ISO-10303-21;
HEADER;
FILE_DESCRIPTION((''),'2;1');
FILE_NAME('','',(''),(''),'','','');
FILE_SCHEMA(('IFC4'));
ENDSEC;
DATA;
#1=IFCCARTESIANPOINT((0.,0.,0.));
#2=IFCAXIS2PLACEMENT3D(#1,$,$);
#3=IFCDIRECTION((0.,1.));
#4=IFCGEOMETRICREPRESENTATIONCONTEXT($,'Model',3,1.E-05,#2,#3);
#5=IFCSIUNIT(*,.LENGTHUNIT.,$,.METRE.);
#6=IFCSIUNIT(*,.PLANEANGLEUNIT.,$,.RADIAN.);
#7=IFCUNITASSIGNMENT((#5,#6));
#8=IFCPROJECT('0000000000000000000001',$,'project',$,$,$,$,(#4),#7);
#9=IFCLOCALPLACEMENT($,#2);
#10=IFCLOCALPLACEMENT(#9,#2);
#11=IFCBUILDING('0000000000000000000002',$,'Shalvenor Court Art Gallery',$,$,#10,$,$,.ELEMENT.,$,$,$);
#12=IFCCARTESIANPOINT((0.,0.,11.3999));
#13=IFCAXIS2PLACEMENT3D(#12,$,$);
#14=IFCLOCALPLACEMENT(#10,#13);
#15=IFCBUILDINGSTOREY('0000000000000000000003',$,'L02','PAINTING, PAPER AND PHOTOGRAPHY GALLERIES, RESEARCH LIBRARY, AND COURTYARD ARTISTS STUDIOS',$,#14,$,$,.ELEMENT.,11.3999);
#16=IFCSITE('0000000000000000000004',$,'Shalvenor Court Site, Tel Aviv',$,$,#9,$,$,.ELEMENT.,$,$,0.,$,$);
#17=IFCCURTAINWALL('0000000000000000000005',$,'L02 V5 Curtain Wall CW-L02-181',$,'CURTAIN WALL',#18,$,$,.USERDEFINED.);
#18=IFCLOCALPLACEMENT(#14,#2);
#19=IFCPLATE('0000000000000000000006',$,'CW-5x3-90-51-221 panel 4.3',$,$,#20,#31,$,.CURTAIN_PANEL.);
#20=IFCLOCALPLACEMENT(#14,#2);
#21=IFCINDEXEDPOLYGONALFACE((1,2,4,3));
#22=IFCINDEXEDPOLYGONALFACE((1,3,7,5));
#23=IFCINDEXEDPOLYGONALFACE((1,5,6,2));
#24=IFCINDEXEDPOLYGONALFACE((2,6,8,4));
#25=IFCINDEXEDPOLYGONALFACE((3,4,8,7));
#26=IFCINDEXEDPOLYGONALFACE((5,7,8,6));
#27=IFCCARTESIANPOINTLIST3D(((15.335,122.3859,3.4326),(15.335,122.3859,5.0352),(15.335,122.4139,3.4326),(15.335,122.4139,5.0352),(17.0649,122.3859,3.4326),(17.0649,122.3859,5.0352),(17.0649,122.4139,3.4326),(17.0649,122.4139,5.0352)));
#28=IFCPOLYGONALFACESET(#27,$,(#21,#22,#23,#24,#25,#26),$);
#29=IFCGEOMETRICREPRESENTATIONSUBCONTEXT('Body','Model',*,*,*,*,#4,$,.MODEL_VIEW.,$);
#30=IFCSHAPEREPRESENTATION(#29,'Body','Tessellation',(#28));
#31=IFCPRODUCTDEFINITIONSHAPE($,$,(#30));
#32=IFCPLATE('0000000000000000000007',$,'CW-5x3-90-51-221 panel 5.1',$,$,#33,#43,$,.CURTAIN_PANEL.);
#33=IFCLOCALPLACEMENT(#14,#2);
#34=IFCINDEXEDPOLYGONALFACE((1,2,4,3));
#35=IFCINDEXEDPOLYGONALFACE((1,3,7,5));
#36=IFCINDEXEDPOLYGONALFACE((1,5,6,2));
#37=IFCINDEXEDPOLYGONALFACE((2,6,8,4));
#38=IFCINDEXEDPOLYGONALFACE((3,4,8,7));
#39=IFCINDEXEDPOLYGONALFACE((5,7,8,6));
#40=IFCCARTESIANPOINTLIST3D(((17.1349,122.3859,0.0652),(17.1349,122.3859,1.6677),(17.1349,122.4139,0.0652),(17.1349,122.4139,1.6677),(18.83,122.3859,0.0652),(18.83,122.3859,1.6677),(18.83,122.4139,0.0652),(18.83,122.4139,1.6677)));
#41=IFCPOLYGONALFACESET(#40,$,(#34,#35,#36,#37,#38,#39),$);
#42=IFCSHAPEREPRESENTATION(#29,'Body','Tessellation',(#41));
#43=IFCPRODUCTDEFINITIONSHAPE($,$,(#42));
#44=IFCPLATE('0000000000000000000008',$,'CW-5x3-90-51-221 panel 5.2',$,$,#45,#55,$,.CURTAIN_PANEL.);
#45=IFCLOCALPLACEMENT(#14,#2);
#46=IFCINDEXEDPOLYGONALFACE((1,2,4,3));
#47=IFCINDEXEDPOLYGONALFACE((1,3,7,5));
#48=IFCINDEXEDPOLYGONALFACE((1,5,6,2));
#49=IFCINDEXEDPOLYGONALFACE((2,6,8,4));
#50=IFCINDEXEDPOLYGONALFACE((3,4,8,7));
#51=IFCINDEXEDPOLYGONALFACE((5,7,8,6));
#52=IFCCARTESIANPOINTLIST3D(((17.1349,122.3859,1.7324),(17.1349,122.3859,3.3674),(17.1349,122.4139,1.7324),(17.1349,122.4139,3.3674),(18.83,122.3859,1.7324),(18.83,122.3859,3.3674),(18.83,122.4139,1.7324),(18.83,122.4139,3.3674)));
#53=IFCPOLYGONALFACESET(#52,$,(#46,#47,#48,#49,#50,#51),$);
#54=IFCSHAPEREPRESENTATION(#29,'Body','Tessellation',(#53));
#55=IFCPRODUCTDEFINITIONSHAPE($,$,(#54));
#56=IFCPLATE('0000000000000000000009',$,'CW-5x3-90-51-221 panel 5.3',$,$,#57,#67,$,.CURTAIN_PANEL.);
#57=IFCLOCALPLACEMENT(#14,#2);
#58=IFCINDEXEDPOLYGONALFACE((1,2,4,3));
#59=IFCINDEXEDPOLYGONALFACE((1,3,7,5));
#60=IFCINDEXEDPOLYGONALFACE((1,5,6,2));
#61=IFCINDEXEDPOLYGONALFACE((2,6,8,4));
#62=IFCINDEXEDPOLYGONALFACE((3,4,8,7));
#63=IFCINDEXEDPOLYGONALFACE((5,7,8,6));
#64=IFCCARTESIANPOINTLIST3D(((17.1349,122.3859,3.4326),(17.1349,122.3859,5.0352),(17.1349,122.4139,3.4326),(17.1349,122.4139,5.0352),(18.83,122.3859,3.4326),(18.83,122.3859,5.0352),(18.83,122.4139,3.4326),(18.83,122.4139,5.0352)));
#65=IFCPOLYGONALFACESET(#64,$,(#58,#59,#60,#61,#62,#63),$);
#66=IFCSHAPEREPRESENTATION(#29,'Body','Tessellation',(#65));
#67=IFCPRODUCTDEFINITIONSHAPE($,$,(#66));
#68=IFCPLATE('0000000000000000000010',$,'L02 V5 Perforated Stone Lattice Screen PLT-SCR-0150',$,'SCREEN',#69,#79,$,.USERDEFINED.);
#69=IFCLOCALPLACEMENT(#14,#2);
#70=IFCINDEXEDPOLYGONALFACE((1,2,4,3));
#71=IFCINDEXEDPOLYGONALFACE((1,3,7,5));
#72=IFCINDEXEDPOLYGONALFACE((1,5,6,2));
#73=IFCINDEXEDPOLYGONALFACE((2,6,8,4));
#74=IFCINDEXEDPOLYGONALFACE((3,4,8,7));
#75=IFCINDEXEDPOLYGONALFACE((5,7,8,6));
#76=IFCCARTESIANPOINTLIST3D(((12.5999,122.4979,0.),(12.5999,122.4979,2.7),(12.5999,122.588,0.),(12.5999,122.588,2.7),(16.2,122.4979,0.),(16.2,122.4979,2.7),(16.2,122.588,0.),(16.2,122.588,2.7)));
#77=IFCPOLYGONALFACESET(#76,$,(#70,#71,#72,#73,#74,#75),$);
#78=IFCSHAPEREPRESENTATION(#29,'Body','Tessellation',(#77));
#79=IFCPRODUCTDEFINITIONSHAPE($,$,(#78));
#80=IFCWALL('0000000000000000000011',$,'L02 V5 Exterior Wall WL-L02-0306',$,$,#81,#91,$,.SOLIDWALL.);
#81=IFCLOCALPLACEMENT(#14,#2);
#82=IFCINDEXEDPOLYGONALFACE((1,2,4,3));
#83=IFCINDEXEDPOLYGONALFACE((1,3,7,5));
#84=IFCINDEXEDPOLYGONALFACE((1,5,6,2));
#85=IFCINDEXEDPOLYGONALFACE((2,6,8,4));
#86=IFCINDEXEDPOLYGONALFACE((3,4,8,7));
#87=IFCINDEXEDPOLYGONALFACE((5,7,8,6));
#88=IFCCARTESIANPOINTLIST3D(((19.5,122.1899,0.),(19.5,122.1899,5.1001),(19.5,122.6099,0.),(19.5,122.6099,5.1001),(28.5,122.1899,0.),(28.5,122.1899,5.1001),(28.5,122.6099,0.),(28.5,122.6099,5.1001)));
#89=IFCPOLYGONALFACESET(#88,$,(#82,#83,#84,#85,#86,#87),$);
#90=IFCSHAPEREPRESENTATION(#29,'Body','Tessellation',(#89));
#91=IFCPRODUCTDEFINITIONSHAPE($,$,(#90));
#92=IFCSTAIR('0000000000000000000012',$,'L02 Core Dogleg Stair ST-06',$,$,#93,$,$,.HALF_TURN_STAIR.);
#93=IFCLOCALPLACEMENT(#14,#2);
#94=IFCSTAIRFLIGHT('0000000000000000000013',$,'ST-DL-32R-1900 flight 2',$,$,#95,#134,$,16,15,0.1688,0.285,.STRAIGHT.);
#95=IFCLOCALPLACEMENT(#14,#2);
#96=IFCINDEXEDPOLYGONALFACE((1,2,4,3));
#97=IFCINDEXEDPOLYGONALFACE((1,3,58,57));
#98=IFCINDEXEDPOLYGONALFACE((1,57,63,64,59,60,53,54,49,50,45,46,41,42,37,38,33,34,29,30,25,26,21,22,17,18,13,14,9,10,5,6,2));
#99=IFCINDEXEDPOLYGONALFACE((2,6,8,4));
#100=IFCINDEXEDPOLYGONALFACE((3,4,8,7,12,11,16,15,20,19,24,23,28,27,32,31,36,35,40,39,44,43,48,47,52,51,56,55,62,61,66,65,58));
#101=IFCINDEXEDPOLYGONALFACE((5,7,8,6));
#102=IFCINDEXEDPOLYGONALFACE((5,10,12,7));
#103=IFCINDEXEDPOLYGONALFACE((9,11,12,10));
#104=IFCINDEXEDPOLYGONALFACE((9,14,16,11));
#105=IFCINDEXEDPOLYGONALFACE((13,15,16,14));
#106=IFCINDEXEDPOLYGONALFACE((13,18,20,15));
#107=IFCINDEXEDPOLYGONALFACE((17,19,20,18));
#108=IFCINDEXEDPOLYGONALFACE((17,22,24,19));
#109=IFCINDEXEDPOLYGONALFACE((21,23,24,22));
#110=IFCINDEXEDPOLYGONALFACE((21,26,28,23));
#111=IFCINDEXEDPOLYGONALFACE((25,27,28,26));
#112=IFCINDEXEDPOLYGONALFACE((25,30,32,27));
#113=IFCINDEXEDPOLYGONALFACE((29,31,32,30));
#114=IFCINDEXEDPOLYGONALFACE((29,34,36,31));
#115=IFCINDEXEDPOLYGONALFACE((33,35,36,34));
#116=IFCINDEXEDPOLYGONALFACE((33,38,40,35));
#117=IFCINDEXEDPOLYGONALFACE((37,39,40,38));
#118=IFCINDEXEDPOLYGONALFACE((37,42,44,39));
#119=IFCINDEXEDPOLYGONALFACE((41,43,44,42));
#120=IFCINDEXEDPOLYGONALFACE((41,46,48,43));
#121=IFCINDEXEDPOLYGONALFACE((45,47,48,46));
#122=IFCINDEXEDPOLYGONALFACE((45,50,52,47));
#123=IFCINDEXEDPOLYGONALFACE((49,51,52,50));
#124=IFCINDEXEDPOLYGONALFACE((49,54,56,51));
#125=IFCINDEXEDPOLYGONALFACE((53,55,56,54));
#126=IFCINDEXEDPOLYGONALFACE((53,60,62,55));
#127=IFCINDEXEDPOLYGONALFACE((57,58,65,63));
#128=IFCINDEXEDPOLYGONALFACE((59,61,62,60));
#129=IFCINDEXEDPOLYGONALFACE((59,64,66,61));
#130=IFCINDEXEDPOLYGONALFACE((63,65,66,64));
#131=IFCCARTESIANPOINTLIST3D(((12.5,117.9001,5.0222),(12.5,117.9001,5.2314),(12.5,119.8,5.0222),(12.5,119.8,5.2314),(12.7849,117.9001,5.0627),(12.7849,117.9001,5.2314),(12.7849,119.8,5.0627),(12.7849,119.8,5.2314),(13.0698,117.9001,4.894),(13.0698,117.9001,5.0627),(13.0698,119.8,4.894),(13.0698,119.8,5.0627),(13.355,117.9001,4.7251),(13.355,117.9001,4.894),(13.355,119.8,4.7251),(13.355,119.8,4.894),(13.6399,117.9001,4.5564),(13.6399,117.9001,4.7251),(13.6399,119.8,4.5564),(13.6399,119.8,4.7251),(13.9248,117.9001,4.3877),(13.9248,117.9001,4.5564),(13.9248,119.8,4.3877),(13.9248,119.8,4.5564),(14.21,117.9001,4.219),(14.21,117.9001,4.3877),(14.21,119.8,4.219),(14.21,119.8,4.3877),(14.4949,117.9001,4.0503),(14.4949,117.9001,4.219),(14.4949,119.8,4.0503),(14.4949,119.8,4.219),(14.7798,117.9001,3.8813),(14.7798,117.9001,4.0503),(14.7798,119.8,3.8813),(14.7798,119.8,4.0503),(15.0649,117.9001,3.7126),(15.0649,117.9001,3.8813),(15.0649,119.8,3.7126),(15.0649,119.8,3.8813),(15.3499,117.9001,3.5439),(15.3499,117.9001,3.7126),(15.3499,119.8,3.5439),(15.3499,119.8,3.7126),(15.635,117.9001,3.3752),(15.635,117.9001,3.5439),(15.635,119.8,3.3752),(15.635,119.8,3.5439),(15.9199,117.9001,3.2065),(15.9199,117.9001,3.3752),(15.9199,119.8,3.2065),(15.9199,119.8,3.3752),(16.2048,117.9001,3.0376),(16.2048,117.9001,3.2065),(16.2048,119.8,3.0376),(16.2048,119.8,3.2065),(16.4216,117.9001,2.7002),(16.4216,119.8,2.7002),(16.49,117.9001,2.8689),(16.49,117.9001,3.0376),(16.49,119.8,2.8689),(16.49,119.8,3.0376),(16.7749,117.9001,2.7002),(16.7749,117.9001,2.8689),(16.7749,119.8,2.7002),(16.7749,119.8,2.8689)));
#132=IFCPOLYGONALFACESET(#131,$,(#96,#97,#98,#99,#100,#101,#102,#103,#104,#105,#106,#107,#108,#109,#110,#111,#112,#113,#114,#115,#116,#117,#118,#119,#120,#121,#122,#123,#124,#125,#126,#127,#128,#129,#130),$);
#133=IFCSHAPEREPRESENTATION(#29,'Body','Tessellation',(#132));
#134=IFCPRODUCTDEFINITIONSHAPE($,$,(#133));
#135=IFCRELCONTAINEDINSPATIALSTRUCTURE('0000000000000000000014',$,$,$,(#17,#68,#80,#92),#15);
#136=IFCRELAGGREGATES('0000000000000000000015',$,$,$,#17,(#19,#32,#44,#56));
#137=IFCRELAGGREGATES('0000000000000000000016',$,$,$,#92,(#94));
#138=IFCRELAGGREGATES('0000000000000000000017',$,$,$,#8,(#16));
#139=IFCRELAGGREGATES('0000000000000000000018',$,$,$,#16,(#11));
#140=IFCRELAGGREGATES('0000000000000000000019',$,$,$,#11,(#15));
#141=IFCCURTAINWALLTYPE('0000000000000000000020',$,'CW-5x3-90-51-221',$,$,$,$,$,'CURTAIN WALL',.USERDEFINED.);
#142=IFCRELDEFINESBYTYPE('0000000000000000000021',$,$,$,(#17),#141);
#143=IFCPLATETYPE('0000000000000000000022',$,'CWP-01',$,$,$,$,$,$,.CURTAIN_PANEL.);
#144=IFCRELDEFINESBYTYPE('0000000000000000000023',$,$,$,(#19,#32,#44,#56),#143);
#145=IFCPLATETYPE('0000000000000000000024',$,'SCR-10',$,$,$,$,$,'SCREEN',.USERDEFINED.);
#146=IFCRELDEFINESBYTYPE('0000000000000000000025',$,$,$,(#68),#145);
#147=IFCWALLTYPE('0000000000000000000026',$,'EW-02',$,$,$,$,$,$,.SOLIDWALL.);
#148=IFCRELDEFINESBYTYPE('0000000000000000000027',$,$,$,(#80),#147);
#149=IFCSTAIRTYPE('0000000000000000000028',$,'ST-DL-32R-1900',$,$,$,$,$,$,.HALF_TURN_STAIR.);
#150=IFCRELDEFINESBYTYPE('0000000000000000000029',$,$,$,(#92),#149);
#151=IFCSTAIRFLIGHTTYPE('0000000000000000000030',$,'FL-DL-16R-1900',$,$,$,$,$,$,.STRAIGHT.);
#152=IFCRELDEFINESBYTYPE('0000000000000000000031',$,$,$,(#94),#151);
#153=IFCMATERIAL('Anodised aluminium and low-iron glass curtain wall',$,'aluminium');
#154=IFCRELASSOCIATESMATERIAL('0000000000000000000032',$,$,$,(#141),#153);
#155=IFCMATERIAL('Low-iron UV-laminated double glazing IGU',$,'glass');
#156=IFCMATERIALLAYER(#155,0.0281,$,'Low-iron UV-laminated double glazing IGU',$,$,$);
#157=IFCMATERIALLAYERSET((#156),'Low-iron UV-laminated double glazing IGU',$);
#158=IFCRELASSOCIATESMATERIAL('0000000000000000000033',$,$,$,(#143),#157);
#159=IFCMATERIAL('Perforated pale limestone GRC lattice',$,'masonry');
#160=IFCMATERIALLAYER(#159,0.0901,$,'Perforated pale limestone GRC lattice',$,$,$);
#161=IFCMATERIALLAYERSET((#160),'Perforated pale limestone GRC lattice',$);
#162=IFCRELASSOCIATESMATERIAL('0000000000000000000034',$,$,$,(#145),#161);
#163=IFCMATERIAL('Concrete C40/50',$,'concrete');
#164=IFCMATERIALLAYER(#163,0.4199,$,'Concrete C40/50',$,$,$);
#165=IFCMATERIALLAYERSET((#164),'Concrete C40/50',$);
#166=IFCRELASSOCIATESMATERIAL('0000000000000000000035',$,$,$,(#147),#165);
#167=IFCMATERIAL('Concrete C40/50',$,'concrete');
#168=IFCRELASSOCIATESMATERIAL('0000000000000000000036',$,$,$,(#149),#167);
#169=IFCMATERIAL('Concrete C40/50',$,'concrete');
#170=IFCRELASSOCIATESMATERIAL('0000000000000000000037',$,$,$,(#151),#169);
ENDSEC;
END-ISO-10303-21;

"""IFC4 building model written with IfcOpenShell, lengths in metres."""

from ifc_helpers import new_model, si_unit, direction, frame, frame_2d, origin, origin_2d, place, context, subcontext, project, spatial, polyline, rectangle, outline, extrude, material, layer, layer_set, type_object, element, aggregate, save


model = new_model("IFC4")

# Units and contexts
model_context = context("Model", 3, precision=1e-05, world=origin(), true_north=direction((0.0, 1.0)))
body_context = subcontext(model_context, "Body", "Model", "MODEL_VIEW")
ifc_project = project(units=[si_unit("LENGTHUNIT", "METRE"), si_unit("PLANEANGLEUNIT", "RADIAN")], contexts=[model_context])

# Site, building, storey
site_placement = place(None, origin())
site = spatial("IfcSite", under=ifc_project, at=site_placement, Name="Shalvenor Court Site, Tel Aviv", CompositionType="ELEMENT", RefElevation=0.0)
building_placement = place(site_placement, origin())
building = spatial("IfcBuilding", under=site, at=building_placement, Name="Shalvenor Court Art Gallery", CompositionType="ELEMENT")
storey_placement = place(building_placement, frame((0.0, 0.0, 11.3999)))
storey = spatial("IfcBuildingStorey", under=building, at=storey_placement, Name="L02", Description="PAINTING, PAPER AND PHOTOGRAPHY GALLERIES, RESEARCH LIBRARY, AND COURTYARD ARTISTS STUDIOS", CompositionType="ELEMENT", Elevation=11.3999)

# Curtain wall
ifc_material_1 = material(Name="Anodised aluminium and low-iron glass curtain wall", Category="aluminium")
curtain_wall_type = type_object("IfcCurtainWallType", Name="CW-5x3-90-51-221", ElementType="CURTAIN WALL", PredefinedType="USERDEFINED", material=ifc_material_1)
curtain_wall_placement = place(storey_placement, origin())
curtain_wall = element("IfcCurtainWall", 1, at=curtain_wall_placement, inside=storey, type_object=curtain_wall_type, Name="L02 V5 Curtain Wall CW-L02-181", ObjectType="CURTAIN WALL", PredefinedType="USERDEFINED")

# Plates
ifc_material_2 = material(Name="Low-iron UV-laminated double glazing IGU", Category="glass")
ifc_layer_1 = layer(ifc_material_2, 0.0281, Name="Low-iron UV-laminated double glazing IGU")
ifc_layer_set_1 = layer_set([ifc_layer_1], Name="Low-iron UV-laminated double glazing IGU")
plate_type_1 = type_object("IfcPlateType", Name="CWP-01", PredefinedType="CURTAIN_PANEL", material=ifc_layer_set_1)
plate_1_placement = place(storey_placement, frame((16.2, 122.3999, 3.4326), z_axis=(0.0, 0.0, 1.0), x_axis=(1.0, 0.0, 0.0)))
plate_1 = element("IfcPlate", 2, at=plate_1_placement, type_object=plate_type_1, Name="CW-5x3-90-51-221 panel 4.3", PredefinedType="CURTAIN_PANEL", context=body_context, shape_type="SweptSolid", body=[
    extrude(rectangle(XDim=1.73, YDim=0.0281, at=origin_2d()), origin(), (0.0, 0.0, 1.0), 1.6025),
])
plate_2_placement = place(storey_placement, frame((17.9824, 122.3999, 0.0652), z_axis=(0.0, 0.0, 1.0), x_axis=(1.0, 0.0, 0.0)))
plate_2 = element("IfcPlate", 3, at=plate_2_placement, type_object=plate_type_1, Name="CW-5x3-90-51-221 panel 5.1", PredefinedType="CURTAIN_PANEL", context=body_context, shape_type="SweptSolid", body=[
    extrude(rectangle(XDim=1.6951, YDim=0.0281, at=origin_2d()), origin(), (0.0, 0.0, 1.0), 1.6025),
])
plate_3_placement = place(storey_placement, frame((17.9824, 122.3999, 1.7324), z_axis=(0.0, 0.0, 1.0), x_axis=(1.0, 0.0, 0.0)))
plate_3 = element("IfcPlate", 4, at=plate_3_placement, type_object=plate_type_1, Name="CW-5x3-90-51-221 panel 5.2", PredefinedType="CURTAIN_PANEL", context=body_context, shape_type="SweptSolid", body=[
    extrude(rectangle(XDim=1.6951, YDim=0.0281, at=origin_2d()), origin(), (0.0, 0.0, 1.0), 1.635),
])
plate_4_placement = place(storey_placement, frame((17.9824, 122.3999, 3.4326), z_axis=(0.0, 0.0, 1.0), x_axis=(1.0, 0.0, 0.0)))
plate_4 = element("IfcPlate", 5, at=plate_4_placement, type_object=plate_type_1, Name="CW-5x3-90-51-221 panel 5.3", PredefinedType="CURTAIN_PANEL", context=body_context, shape_type="SweptSolid", body=[
    extrude(rectangle(XDim=1.6951, YDim=0.0281, at=origin_2d()), origin(), (0.0, 0.0, 1.0), 1.6025),
])
aggregate(curtain_wall, [plate_1, plate_2, plate_3, plate_4])
ifc_material_3 = material(Name="Perforated pale limestone GRC lattice", Category="masonry")
ifc_layer_2 = layer(ifc_material_3, 0.0901, Name="Perforated pale limestone GRC lattice")
ifc_layer_set_2 = layer_set([ifc_layer_2], Name="Perforated pale limestone GRC lattice")
plate_type_2 = type_object("IfcPlateType", Name="SCR-10", ElementType="SCREEN", PredefinedType="USERDEFINED", material=ifc_layer_set_2)
plate_5_placement = place(storey_placement, frame((14.3999, 122.543, 0.0), z_axis=(0.0, 0.0, 1.0), x_axis=(1.0, 0.0, 0.0)))
element("IfcPlate", 6, at=plate_5_placement, inside=storey, type_object=plate_type_2, Name="L02 V5 Perforated Stone Lattice Screen PLT-SCR-0150", ObjectType="SCREEN", PredefinedType="USERDEFINED", context=body_context, shape_type="SweptSolid", body=[
    extrude(rectangle(XDim=3.6001, YDim=0.0901, at=origin_2d()), origin(), (0.0, 0.0, 1.0), 2.7),
])

# Wall
ifc_material_4 = material(Name="Concrete C40/50", Category="concrete")
ifc_layer_3 = layer(ifc_material_4, 0.4199, Name="Concrete C40/50")
ifc_layer_set_3 = layer_set([ifc_layer_3], Name="Concrete C40/50")
wall_type = type_object("IfcWallType", Name="EW-02", PredefinedType="SOLIDWALL", material=ifc_layer_set_3)
wall_placement = place(storey_placement, frame((19.5, 122.3999, 0.0), z_axis=(0.0, 0.0, 1.0), x_axis=(1.0, 0.0, 0.0)))
element("IfcWall", 7, at=wall_placement, inside=storey, type_object=wall_type, Name="L02 V5 Exterior Wall WL-L02-0306", PredefinedType="SOLIDWALL", context=body_context, shape_type="SweptSolid", body=[
    extrude(rectangle(XDim=9.0, YDim=0.4199, at=frame_2d((4.5, 0.0))), origin(), (0.0, 0.0, 1.0), 5.1001),
])

# Stair, stair flight
ifc_material_5 = material(Name="Concrete C40/50", Category="concrete")
stair_type = type_object("IfcStairType", Name="ST-DL-32R-1900", PredefinedType="HALF_TURN_STAIR", material=ifc_material_5)
stair_placement = place(storey_placement, origin())
stair = element("IfcStair", 8, at=stair_placement, inside=storey, type_object=stair_type, Name="L02 Core Dogleg Stair ST-06", PredefinedType="HALF_TURN_STAIR")
ifc_material_6 = material(Name="Concrete C40/50", Category="concrete")
stair_flight_type = type_object("IfcStairFlightType", Name="FL-DL-16R-1900", PredefinedType="STRAIGHT", material=ifc_material_6)
stair_flight_placement = place(storey_placement, frame((16.7749, 118.8501, 2.7002), z_axis=(0.0, 0.0, 1.0), x_axis=(-1.0, 0.0, 0.0)))
stair_flight = element("IfcStairFlight", 9, at=stair_flight_placement, type_object=stair_flight_type, Name="ST-DL-32R-1900 flight 2", NumberOfRisers=16, NumberOfTreads=15, PredefinedType="STRAIGHT", RiserHeight=0.1688, TreadLength=0.285, context=body_context, shape_type="SweptSolid", body=[
    extrude(outline(polyline([(0.0, 0.0), (0.0, 0.1687), (0.2849, 0.1687), (0.2849, 0.3374), (0.5701, 0.3374), (0.5701, 0.5063), (0.855, 0.5063), (0.855, 0.675), (1.1399, 0.675), (1.1399, 0.8438), (1.425, 0.8438), (1.425, 1.0125), (1.71, 1.0125), (1.71, 1.1812), (1.9951, 1.1812), (1.9951, 1.3501), (2.28, 1.3501), (2.28, 1.5188), (2.5649, 1.5188), (2.5649, 1.6875), (2.8501, 1.6875), (2.8501, 1.8562), (3.135, 1.8562), (3.135, 2.0249), (3.4199, 2.0249), (3.4199, 2.1938), (3.7051, 2.1938), (3.7051, 2.3625), (3.99, 2.3625), (3.99, 2.5312), (4.2749, 2.5312), (4.2749, 2.7), (4.2749, 2.322), (0.3533, 0.0), (0.0, 0.0)])), frame((0.0, 0.95, 0.0), z_axis=(0.0, -1.0, 0.0), x_axis=(1.0, 0.0, 0.0)), (0.0, 0.0, 1.0), 1.8999),
])
aggregate(stair, [stair_flight])

save(model, "model.ifc")
